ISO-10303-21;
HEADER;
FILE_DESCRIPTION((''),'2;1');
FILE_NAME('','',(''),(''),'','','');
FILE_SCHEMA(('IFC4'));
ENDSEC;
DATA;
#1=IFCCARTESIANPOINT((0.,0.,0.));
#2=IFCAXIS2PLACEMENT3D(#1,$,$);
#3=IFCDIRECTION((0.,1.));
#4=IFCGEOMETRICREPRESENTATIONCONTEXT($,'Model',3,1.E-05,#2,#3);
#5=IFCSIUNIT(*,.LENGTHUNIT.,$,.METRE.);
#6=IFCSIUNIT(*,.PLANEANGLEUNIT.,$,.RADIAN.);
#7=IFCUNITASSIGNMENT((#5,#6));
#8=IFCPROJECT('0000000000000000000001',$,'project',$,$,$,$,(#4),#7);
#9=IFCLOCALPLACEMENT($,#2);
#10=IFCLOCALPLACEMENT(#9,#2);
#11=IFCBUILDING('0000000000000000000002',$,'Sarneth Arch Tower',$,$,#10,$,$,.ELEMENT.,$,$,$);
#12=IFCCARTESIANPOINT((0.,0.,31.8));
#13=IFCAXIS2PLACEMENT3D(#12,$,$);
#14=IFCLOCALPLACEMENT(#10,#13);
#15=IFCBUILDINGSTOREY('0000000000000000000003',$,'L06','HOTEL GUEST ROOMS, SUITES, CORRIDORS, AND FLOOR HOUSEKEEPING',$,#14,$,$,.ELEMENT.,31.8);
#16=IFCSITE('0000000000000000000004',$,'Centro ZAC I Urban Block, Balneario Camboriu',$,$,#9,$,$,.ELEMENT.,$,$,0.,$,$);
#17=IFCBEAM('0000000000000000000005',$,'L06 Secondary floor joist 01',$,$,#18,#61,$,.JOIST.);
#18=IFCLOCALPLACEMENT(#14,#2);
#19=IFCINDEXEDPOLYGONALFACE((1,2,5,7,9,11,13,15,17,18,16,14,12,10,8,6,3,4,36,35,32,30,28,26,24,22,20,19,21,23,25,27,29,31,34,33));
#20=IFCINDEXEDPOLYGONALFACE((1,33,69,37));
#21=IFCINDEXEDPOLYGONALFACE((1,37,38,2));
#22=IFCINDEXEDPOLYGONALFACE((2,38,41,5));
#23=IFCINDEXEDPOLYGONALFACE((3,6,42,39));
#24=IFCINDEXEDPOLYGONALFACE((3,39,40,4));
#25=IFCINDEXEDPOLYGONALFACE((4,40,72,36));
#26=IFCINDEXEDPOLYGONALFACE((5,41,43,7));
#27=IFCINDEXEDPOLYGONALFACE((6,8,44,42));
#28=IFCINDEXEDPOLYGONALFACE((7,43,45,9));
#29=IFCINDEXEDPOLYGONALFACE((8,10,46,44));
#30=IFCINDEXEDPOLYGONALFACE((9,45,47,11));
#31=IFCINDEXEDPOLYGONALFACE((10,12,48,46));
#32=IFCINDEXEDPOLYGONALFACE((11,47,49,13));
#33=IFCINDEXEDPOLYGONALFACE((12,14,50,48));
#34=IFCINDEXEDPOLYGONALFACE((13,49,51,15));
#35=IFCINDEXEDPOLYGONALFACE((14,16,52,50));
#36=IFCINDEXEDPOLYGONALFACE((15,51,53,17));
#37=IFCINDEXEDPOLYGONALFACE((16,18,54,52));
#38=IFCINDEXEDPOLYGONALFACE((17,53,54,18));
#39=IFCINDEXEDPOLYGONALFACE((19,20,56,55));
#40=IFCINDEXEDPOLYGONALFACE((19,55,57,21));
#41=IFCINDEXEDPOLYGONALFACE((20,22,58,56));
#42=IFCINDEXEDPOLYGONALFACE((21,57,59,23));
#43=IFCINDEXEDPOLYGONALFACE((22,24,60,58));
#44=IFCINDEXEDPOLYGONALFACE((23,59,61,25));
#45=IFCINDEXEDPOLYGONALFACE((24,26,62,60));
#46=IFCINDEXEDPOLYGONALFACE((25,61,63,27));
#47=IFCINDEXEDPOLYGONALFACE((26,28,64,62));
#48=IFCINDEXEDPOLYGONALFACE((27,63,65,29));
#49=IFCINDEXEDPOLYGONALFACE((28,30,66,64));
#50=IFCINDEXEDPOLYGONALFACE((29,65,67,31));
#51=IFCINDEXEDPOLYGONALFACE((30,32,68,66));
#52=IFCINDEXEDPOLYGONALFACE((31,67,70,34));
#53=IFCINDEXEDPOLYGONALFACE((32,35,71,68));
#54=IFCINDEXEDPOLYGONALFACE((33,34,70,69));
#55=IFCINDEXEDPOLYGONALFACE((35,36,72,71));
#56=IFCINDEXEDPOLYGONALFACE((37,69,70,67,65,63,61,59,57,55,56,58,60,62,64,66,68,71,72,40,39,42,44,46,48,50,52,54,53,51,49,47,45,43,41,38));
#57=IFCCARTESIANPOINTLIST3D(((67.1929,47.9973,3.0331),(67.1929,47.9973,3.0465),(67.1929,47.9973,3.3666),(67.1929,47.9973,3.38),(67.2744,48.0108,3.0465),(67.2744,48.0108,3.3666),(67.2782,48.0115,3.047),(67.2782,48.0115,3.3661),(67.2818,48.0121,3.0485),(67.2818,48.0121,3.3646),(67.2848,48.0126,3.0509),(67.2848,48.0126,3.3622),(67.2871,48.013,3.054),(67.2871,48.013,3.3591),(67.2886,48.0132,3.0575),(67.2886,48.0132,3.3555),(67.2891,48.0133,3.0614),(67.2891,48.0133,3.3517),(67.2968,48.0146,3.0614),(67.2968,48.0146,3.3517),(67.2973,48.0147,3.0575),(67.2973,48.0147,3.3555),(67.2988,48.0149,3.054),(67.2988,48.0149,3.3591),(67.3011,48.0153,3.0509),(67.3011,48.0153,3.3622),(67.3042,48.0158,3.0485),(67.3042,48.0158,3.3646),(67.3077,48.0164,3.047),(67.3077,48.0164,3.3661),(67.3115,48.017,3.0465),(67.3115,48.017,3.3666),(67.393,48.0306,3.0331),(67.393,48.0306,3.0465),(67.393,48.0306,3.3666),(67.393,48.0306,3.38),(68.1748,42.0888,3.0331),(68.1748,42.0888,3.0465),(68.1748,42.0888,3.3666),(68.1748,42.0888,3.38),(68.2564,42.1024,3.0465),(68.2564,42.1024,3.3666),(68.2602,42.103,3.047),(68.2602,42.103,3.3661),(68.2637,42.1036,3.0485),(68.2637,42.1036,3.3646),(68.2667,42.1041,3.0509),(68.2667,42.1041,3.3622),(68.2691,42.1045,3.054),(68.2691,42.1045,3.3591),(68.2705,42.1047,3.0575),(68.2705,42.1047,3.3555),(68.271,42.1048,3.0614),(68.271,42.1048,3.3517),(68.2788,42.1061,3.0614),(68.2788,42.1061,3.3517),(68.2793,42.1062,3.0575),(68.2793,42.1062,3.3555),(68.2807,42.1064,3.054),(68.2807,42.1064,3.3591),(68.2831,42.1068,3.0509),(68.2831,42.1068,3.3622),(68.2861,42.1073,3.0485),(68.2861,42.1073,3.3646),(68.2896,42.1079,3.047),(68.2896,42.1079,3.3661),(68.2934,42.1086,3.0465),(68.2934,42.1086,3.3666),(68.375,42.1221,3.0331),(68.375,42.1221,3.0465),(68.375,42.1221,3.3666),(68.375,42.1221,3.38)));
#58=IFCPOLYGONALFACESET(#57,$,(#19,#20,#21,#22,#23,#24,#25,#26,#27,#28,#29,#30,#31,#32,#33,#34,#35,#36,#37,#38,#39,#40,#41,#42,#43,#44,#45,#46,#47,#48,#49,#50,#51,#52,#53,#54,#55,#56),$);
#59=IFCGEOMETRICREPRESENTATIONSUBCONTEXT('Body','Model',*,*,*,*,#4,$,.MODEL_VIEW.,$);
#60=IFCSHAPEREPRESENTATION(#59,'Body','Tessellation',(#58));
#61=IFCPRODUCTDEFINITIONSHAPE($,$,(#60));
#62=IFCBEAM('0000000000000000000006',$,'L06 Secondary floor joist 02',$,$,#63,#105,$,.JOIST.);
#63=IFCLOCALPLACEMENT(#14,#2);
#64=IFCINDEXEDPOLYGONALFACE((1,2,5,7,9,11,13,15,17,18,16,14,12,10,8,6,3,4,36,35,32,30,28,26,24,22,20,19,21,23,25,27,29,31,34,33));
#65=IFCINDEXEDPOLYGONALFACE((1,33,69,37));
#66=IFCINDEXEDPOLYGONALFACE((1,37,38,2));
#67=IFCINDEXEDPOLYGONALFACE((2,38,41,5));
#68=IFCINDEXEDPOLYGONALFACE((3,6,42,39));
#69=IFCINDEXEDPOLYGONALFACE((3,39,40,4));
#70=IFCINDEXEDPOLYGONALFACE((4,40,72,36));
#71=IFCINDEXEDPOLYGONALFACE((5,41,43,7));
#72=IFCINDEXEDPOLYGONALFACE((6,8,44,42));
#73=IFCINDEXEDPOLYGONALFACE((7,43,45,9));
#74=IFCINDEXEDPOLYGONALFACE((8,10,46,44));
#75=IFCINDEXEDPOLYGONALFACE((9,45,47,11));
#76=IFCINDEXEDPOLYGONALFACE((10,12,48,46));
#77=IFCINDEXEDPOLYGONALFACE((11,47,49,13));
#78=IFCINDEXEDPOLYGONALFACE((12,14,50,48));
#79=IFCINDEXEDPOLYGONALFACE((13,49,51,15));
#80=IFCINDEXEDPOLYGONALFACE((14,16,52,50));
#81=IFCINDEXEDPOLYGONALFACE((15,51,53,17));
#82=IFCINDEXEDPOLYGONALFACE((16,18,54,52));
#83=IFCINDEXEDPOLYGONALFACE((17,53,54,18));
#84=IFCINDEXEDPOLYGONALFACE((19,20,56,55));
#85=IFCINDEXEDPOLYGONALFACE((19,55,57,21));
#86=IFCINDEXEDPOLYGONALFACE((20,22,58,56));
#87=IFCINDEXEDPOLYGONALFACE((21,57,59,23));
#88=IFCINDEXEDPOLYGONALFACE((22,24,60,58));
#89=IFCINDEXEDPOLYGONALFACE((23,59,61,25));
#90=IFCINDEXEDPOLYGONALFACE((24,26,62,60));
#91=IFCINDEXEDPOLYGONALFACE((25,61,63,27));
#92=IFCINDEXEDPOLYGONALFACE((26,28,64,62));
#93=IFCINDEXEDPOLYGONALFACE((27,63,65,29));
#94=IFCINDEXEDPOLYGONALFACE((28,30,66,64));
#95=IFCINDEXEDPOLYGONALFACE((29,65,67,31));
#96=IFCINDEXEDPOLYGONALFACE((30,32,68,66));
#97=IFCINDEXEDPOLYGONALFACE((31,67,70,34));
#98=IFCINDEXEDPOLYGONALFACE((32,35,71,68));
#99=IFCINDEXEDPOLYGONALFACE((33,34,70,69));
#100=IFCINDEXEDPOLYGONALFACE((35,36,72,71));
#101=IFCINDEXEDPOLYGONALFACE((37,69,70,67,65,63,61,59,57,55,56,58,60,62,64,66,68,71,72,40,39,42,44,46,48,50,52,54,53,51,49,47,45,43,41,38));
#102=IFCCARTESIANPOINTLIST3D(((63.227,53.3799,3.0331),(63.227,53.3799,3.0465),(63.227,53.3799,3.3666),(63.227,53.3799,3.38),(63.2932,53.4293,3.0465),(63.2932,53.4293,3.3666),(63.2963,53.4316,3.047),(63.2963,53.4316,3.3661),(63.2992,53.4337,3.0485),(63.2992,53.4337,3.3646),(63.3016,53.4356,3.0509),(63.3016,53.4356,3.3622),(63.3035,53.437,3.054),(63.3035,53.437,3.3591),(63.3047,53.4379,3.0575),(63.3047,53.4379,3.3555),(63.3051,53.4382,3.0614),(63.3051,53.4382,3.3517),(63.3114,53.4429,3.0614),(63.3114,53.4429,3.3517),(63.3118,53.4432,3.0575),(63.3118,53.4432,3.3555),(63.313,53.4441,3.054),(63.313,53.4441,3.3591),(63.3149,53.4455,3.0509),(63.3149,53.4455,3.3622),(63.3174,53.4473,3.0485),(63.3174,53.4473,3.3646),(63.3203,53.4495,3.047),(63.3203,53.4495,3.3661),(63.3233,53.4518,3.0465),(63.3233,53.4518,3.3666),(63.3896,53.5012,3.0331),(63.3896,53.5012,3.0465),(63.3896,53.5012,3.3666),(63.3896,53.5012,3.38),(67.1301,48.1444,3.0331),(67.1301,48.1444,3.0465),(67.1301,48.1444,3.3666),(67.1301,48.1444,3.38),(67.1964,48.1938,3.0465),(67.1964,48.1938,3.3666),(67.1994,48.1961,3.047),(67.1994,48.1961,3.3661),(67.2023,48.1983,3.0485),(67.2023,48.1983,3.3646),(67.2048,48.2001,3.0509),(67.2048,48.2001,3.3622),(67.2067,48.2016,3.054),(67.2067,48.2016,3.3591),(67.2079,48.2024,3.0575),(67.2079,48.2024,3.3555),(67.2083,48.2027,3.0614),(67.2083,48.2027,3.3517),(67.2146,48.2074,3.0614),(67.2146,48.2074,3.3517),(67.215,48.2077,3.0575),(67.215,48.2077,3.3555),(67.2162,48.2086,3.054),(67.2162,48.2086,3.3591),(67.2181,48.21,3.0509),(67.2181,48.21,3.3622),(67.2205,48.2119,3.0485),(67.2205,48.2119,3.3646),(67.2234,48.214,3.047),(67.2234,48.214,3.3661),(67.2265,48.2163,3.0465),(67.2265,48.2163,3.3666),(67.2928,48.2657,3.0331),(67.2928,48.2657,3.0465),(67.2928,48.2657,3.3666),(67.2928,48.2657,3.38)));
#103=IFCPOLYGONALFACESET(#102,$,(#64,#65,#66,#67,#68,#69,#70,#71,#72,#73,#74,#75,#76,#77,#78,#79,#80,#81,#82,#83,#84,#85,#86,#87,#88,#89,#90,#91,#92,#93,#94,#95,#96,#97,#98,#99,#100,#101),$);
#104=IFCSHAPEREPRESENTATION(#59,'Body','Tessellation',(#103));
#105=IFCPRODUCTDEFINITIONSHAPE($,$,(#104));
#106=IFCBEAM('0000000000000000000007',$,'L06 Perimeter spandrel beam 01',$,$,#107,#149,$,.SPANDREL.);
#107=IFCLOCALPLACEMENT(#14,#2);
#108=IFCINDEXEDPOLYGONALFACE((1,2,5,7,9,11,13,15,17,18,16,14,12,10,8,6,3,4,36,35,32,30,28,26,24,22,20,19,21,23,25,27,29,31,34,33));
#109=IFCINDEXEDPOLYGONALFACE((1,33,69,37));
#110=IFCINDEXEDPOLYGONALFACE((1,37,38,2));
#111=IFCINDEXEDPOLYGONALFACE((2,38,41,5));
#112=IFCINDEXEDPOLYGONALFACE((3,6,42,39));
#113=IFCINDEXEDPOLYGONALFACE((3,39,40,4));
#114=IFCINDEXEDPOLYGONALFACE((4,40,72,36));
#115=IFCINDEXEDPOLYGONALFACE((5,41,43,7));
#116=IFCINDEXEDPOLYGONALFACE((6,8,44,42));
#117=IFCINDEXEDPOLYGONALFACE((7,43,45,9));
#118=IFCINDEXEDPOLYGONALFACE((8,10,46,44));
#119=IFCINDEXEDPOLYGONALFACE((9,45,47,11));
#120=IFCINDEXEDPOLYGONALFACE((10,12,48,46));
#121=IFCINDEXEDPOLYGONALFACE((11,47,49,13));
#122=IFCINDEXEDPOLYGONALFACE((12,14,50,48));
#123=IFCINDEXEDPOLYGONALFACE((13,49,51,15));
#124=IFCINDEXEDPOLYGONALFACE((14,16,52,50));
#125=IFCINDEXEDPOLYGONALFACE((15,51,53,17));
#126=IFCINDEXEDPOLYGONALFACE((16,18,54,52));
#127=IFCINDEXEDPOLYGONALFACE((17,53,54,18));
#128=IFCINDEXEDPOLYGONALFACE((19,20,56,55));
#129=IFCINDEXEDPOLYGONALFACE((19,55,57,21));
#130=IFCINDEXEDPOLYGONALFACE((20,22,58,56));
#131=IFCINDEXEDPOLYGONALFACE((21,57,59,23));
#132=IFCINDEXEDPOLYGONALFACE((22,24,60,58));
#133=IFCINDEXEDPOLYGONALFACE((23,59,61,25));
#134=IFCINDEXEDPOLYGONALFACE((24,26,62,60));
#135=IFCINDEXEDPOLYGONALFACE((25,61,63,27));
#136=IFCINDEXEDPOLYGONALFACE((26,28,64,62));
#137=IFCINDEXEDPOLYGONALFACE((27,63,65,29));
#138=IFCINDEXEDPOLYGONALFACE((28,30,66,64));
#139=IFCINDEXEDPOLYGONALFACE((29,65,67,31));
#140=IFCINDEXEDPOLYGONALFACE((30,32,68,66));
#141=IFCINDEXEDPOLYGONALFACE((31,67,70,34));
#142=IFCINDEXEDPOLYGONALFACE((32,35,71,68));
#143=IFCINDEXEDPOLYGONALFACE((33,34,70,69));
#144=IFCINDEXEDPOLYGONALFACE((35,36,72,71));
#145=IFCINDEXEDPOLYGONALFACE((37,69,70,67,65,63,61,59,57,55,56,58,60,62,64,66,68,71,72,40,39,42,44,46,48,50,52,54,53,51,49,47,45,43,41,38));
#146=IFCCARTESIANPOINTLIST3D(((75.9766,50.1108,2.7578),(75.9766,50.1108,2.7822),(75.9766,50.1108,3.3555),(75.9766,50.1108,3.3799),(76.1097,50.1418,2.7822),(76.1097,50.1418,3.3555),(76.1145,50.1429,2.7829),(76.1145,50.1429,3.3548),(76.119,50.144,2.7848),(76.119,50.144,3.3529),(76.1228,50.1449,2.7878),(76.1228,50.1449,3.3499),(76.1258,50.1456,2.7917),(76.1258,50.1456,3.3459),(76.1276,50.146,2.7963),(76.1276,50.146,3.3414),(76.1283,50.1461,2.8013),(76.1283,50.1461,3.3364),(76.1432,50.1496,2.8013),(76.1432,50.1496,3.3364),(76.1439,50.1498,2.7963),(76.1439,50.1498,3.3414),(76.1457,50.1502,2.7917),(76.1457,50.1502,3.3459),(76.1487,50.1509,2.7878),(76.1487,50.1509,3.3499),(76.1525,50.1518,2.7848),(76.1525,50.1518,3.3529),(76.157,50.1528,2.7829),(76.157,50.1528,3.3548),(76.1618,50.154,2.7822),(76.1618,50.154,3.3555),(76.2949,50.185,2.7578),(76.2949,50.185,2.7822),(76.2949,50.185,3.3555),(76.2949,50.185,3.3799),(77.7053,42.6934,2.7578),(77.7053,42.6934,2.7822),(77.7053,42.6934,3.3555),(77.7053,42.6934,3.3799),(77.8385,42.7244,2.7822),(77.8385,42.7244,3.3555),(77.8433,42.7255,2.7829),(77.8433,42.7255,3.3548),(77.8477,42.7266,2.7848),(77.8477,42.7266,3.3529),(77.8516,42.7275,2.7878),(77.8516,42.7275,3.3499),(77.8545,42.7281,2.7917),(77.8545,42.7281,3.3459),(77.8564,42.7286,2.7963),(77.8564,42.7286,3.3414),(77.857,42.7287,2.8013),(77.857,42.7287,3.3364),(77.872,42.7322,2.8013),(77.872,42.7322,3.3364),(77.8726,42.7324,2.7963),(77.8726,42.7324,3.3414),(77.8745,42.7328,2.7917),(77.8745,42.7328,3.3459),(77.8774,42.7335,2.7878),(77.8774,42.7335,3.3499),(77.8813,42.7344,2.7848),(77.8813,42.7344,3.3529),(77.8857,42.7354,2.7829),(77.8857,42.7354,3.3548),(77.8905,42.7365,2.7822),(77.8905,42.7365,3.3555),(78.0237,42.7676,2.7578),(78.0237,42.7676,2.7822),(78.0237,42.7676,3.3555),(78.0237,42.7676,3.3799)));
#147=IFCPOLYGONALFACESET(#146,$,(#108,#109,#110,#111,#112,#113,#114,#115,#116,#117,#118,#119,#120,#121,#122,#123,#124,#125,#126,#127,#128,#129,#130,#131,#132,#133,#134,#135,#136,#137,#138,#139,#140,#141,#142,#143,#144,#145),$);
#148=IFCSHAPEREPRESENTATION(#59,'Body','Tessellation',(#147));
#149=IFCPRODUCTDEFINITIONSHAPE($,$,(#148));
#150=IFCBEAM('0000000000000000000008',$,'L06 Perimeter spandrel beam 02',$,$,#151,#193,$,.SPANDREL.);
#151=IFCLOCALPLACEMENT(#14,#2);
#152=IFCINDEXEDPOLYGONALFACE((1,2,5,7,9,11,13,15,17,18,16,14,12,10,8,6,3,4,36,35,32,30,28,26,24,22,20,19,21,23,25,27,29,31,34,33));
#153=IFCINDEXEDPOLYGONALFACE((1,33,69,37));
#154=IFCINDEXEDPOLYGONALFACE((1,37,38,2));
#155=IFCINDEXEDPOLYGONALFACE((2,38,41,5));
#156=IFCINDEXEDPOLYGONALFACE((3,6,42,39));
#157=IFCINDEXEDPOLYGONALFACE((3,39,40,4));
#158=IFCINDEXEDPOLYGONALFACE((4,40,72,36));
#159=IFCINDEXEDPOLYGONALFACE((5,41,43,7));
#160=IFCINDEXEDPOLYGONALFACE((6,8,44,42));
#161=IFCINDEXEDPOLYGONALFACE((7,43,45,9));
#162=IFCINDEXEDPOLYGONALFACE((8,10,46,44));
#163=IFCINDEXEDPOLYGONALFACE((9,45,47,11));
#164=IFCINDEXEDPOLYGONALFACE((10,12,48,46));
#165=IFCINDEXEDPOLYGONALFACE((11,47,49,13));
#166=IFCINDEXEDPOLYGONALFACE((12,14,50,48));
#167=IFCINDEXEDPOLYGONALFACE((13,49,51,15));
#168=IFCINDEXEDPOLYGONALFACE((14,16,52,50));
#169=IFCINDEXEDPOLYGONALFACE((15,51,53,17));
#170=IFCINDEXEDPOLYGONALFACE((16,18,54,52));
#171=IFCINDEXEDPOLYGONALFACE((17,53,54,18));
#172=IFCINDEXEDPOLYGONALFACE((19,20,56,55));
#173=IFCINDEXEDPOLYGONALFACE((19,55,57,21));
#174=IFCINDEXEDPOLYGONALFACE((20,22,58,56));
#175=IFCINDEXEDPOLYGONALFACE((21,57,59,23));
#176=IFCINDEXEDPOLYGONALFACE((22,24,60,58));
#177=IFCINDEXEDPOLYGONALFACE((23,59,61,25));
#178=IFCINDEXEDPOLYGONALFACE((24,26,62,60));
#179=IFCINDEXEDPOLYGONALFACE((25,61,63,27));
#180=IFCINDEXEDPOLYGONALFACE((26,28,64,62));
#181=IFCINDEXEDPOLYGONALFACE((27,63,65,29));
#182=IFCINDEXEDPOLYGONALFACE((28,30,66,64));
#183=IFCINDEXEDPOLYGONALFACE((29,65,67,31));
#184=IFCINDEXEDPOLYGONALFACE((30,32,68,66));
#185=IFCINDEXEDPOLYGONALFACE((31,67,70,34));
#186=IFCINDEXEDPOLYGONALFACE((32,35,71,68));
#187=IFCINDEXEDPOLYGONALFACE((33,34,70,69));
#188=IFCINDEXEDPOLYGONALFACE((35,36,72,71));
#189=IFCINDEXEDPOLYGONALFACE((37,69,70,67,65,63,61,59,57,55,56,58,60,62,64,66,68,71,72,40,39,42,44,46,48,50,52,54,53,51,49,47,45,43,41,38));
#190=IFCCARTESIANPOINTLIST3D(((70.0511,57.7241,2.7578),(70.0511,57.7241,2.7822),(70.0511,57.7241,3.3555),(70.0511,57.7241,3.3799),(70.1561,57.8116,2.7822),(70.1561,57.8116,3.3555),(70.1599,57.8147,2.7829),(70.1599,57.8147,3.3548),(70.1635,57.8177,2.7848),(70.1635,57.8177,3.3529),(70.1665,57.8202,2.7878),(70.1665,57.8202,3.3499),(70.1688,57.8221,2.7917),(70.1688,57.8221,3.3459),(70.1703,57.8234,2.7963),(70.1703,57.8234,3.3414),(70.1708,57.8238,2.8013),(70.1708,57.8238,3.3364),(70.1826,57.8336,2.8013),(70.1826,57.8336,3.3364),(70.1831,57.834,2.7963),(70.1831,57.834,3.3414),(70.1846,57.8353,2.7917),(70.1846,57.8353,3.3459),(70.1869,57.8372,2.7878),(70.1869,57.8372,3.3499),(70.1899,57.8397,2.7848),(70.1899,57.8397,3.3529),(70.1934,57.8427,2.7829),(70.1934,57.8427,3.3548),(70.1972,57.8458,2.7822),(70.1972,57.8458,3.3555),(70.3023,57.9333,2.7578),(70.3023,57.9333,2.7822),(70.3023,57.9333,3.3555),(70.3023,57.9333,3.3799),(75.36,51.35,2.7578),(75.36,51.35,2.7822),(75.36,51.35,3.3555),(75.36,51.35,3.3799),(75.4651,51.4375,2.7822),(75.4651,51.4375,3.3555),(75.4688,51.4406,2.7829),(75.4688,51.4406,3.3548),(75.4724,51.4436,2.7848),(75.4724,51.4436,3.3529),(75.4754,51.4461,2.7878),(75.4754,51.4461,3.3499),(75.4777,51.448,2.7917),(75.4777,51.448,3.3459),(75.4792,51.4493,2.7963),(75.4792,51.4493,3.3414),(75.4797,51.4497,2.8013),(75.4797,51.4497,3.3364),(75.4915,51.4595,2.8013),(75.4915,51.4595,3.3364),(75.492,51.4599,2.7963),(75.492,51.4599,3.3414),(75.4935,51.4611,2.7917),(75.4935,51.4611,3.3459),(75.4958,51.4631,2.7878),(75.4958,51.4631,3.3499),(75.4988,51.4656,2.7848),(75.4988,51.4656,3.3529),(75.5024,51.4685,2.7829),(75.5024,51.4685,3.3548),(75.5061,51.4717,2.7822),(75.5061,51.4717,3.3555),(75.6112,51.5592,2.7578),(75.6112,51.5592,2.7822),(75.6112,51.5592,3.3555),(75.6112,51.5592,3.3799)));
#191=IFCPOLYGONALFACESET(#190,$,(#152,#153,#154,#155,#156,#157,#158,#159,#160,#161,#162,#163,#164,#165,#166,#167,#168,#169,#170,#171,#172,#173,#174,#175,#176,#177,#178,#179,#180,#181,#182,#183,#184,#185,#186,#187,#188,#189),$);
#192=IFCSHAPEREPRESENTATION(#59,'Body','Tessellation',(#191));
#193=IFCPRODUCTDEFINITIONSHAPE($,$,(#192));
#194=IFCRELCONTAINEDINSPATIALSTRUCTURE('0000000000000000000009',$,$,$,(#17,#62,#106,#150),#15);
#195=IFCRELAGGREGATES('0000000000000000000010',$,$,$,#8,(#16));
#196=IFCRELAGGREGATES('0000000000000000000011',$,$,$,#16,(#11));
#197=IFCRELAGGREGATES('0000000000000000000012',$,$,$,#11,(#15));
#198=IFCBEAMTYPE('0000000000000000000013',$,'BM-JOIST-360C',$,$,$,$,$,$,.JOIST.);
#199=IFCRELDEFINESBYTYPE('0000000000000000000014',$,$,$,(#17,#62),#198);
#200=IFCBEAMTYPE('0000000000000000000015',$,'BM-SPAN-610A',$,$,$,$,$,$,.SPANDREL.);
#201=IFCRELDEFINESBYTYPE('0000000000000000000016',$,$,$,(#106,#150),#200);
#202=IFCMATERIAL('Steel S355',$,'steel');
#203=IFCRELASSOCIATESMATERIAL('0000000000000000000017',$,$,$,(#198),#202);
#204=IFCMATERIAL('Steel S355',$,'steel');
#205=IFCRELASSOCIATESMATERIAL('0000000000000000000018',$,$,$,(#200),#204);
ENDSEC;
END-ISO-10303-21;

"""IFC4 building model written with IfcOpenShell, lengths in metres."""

from ifc_helpers import new_model, si_unit, direction, frame, origin, origin_2d, place, context, subcontext, project, spatial, i_section, extrude, material, material_profile, profile_set, type_object, element, save


model = new_model("IFC4")

# Units and contexts
model_context = context("Model", 3, precision=1e-05, world=origin(), true_north=direction((0.0, 1.0)))
body_context = subcontext(model_context, "Body", "Model", "MODEL_VIEW")
ifc_project = project(units=[si_unit("LENGTHUNIT", "METRE"), si_unit("PLANEANGLEUNIT", "RADIAN")], contexts=[model_context])

# Site, building, storey
site_placement = place(None, origin())
site = spatial("IfcSite", under=ifc_project, at=site_placement, Name="Centro ZAC I Urban Block, Balneario Camboriu", CompositionType="ELEMENT", RefElevation=0.0)
building_placement = place(site_placement, origin())
building = spatial("IfcBuilding", under=site, at=building_placement, Name="Sarneth Arch Tower", CompositionType="ELEMENT")
storey_placement = place(building_placement, frame((0.0, 0.0, 31.8)))
storey = spatial("IfcBuildingStorey", under=building, at=storey_placement, Name="L06", Description="HOTEL GUEST ROOMS, SUITES, CORRIDORS, AND FLOOR HOUSEKEEPING", CompositionType="ELEMENT", Elevation=31.8)

# Beams
ifc_material_1 = material(Name="Steel S355", Category="steel")
ifc_material_profile_1 = material_profile(ifc_material_1, i_section(OverallWidth=0.2029, OverallDepth=0.3469, WebThickness=0.0078, FlangeThickness=0.0134, FilletRadius=0.0149, at=origin_2d()), Name="W360x64")
ifc_profile_set_1 = profile_set([ifc_material_profile_1], Name="Steel S355")
beam_type_1 = type_object("IfcBeamType", Name="BM-JOIST-360C", PredefinedType="JOIST", material=ifc_profile_set_1)
beam_1_placement = place(storey_placement, frame((68.2749, 42.1055, 3.2065), z_axis=(-0.163943, 0.98647, 0.0), x_axis=(-0.98647, -0.163943, 0.0)))
element("IfcBeam", 1, at=beam_1_placement, inside=storey, type_object=beam_type_1, Name="L06 Secondary floor joist 01", PredefinedType="JOIST", context=body_context, shape_type="SweptSolid", body=[
    extrude(i_section(OverallWidth=0.2029, OverallDepth=0.3469, WebThickness=0.0078, FlangeThickness=0.0134, FilletRadius=0.0149, at=origin_2d()), origin(), (0.0, 0.0, 1.0), 5.9895),
])
beam_2_placement = place(storey_placement, frame((67.2114, 48.2051, 3.2065), z_axis=(-0.5977, 0.801719, 0.0), x_axis=(-0.801719, -0.5977, 0.0)))
element("IfcBeam", 2, at=beam_2_placement, inside=storey, type_object=beam_type_1, Name="L06 Secondary floor joist 02", PredefinedType="JOIST", context=body_context, shape_type="SweptSolid", body=[
    extrude(i_section(OverallWidth=0.2029, OverallDepth=0.3469, WebThickness=0.0078, FlangeThickness=0.0134, FilletRadius=0.0149, at=origin_2d()), origin(), (0.0, 0.0, 1.0), 6.5303),
])
ifc_material_2 = material(Name="Steel S355", Category="steel")
ifc_material_profile_2 = material_profile(ifc_material_2, i_section(OverallWidth=0.3269, OverallDepth=0.6221, WebThickness=0.0154, FlangeThickness=0.0244, FilletRadius=0.019, at=origin_2d()), Name="W610x195")
ifc_profile_set_2 = profile_set([ifc_material_profile_2], Name="Steel S355")
beam_type_2 = type_object("IfcBeamType", Name="BM-SPAN-610A", PredefinedType="SPANDREL", material=ifc_profile_set_2)
beam_3_placement = place(storey_placement, frame((77.8645, 42.7305, 3.0688), z_axis=(-0.226982, 0.973899, 0.0), x_axis=(-0.973899, -0.226982, 0.0)))
element("IfcBeam", 3, at=beam_3_placement, inside=storey, type_object=beam_type_2, Name="L06 Perimeter spandrel beam 01", PredefinedType="SPANDREL", context=body_context, shape_type="SweptSolid", body=[
    extrude(i_section(OverallWidth=0.3269, OverallDepth=0.6221, WebThickness=0.0154, FlangeThickness=0.0244, FilletRadius=0.019, at=origin_2d()), origin(), (0.0, 0.0, 1.0), 7.6162),
])
beam_4_placement = place(storey_placement, frame((75.4856, 51.4546, 3.0688), z_axis=(-0.639982, 0.76839, 0.0), x_axis=(-0.76839, -0.639982, 0.0)))
element("IfcBeam", 4, at=beam_4_placement, inside=storey, type_object=beam_type_2, Name="L06 Perimeter spandrel beam 02", PredefinedType="SPANDREL", context=body_context, shape_type="SweptSolid", body=[
    extrude(i_section(OverallWidth=0.3269, OverallDepth=0.6221, WebThickness=0.0154, FlangeThickness=0.0244, FilletRadius=0.019, at=origin_2d()), origin(), (0.0, 0.0, 1.0), 8.2954),
])

save(model, "model.ifc")
